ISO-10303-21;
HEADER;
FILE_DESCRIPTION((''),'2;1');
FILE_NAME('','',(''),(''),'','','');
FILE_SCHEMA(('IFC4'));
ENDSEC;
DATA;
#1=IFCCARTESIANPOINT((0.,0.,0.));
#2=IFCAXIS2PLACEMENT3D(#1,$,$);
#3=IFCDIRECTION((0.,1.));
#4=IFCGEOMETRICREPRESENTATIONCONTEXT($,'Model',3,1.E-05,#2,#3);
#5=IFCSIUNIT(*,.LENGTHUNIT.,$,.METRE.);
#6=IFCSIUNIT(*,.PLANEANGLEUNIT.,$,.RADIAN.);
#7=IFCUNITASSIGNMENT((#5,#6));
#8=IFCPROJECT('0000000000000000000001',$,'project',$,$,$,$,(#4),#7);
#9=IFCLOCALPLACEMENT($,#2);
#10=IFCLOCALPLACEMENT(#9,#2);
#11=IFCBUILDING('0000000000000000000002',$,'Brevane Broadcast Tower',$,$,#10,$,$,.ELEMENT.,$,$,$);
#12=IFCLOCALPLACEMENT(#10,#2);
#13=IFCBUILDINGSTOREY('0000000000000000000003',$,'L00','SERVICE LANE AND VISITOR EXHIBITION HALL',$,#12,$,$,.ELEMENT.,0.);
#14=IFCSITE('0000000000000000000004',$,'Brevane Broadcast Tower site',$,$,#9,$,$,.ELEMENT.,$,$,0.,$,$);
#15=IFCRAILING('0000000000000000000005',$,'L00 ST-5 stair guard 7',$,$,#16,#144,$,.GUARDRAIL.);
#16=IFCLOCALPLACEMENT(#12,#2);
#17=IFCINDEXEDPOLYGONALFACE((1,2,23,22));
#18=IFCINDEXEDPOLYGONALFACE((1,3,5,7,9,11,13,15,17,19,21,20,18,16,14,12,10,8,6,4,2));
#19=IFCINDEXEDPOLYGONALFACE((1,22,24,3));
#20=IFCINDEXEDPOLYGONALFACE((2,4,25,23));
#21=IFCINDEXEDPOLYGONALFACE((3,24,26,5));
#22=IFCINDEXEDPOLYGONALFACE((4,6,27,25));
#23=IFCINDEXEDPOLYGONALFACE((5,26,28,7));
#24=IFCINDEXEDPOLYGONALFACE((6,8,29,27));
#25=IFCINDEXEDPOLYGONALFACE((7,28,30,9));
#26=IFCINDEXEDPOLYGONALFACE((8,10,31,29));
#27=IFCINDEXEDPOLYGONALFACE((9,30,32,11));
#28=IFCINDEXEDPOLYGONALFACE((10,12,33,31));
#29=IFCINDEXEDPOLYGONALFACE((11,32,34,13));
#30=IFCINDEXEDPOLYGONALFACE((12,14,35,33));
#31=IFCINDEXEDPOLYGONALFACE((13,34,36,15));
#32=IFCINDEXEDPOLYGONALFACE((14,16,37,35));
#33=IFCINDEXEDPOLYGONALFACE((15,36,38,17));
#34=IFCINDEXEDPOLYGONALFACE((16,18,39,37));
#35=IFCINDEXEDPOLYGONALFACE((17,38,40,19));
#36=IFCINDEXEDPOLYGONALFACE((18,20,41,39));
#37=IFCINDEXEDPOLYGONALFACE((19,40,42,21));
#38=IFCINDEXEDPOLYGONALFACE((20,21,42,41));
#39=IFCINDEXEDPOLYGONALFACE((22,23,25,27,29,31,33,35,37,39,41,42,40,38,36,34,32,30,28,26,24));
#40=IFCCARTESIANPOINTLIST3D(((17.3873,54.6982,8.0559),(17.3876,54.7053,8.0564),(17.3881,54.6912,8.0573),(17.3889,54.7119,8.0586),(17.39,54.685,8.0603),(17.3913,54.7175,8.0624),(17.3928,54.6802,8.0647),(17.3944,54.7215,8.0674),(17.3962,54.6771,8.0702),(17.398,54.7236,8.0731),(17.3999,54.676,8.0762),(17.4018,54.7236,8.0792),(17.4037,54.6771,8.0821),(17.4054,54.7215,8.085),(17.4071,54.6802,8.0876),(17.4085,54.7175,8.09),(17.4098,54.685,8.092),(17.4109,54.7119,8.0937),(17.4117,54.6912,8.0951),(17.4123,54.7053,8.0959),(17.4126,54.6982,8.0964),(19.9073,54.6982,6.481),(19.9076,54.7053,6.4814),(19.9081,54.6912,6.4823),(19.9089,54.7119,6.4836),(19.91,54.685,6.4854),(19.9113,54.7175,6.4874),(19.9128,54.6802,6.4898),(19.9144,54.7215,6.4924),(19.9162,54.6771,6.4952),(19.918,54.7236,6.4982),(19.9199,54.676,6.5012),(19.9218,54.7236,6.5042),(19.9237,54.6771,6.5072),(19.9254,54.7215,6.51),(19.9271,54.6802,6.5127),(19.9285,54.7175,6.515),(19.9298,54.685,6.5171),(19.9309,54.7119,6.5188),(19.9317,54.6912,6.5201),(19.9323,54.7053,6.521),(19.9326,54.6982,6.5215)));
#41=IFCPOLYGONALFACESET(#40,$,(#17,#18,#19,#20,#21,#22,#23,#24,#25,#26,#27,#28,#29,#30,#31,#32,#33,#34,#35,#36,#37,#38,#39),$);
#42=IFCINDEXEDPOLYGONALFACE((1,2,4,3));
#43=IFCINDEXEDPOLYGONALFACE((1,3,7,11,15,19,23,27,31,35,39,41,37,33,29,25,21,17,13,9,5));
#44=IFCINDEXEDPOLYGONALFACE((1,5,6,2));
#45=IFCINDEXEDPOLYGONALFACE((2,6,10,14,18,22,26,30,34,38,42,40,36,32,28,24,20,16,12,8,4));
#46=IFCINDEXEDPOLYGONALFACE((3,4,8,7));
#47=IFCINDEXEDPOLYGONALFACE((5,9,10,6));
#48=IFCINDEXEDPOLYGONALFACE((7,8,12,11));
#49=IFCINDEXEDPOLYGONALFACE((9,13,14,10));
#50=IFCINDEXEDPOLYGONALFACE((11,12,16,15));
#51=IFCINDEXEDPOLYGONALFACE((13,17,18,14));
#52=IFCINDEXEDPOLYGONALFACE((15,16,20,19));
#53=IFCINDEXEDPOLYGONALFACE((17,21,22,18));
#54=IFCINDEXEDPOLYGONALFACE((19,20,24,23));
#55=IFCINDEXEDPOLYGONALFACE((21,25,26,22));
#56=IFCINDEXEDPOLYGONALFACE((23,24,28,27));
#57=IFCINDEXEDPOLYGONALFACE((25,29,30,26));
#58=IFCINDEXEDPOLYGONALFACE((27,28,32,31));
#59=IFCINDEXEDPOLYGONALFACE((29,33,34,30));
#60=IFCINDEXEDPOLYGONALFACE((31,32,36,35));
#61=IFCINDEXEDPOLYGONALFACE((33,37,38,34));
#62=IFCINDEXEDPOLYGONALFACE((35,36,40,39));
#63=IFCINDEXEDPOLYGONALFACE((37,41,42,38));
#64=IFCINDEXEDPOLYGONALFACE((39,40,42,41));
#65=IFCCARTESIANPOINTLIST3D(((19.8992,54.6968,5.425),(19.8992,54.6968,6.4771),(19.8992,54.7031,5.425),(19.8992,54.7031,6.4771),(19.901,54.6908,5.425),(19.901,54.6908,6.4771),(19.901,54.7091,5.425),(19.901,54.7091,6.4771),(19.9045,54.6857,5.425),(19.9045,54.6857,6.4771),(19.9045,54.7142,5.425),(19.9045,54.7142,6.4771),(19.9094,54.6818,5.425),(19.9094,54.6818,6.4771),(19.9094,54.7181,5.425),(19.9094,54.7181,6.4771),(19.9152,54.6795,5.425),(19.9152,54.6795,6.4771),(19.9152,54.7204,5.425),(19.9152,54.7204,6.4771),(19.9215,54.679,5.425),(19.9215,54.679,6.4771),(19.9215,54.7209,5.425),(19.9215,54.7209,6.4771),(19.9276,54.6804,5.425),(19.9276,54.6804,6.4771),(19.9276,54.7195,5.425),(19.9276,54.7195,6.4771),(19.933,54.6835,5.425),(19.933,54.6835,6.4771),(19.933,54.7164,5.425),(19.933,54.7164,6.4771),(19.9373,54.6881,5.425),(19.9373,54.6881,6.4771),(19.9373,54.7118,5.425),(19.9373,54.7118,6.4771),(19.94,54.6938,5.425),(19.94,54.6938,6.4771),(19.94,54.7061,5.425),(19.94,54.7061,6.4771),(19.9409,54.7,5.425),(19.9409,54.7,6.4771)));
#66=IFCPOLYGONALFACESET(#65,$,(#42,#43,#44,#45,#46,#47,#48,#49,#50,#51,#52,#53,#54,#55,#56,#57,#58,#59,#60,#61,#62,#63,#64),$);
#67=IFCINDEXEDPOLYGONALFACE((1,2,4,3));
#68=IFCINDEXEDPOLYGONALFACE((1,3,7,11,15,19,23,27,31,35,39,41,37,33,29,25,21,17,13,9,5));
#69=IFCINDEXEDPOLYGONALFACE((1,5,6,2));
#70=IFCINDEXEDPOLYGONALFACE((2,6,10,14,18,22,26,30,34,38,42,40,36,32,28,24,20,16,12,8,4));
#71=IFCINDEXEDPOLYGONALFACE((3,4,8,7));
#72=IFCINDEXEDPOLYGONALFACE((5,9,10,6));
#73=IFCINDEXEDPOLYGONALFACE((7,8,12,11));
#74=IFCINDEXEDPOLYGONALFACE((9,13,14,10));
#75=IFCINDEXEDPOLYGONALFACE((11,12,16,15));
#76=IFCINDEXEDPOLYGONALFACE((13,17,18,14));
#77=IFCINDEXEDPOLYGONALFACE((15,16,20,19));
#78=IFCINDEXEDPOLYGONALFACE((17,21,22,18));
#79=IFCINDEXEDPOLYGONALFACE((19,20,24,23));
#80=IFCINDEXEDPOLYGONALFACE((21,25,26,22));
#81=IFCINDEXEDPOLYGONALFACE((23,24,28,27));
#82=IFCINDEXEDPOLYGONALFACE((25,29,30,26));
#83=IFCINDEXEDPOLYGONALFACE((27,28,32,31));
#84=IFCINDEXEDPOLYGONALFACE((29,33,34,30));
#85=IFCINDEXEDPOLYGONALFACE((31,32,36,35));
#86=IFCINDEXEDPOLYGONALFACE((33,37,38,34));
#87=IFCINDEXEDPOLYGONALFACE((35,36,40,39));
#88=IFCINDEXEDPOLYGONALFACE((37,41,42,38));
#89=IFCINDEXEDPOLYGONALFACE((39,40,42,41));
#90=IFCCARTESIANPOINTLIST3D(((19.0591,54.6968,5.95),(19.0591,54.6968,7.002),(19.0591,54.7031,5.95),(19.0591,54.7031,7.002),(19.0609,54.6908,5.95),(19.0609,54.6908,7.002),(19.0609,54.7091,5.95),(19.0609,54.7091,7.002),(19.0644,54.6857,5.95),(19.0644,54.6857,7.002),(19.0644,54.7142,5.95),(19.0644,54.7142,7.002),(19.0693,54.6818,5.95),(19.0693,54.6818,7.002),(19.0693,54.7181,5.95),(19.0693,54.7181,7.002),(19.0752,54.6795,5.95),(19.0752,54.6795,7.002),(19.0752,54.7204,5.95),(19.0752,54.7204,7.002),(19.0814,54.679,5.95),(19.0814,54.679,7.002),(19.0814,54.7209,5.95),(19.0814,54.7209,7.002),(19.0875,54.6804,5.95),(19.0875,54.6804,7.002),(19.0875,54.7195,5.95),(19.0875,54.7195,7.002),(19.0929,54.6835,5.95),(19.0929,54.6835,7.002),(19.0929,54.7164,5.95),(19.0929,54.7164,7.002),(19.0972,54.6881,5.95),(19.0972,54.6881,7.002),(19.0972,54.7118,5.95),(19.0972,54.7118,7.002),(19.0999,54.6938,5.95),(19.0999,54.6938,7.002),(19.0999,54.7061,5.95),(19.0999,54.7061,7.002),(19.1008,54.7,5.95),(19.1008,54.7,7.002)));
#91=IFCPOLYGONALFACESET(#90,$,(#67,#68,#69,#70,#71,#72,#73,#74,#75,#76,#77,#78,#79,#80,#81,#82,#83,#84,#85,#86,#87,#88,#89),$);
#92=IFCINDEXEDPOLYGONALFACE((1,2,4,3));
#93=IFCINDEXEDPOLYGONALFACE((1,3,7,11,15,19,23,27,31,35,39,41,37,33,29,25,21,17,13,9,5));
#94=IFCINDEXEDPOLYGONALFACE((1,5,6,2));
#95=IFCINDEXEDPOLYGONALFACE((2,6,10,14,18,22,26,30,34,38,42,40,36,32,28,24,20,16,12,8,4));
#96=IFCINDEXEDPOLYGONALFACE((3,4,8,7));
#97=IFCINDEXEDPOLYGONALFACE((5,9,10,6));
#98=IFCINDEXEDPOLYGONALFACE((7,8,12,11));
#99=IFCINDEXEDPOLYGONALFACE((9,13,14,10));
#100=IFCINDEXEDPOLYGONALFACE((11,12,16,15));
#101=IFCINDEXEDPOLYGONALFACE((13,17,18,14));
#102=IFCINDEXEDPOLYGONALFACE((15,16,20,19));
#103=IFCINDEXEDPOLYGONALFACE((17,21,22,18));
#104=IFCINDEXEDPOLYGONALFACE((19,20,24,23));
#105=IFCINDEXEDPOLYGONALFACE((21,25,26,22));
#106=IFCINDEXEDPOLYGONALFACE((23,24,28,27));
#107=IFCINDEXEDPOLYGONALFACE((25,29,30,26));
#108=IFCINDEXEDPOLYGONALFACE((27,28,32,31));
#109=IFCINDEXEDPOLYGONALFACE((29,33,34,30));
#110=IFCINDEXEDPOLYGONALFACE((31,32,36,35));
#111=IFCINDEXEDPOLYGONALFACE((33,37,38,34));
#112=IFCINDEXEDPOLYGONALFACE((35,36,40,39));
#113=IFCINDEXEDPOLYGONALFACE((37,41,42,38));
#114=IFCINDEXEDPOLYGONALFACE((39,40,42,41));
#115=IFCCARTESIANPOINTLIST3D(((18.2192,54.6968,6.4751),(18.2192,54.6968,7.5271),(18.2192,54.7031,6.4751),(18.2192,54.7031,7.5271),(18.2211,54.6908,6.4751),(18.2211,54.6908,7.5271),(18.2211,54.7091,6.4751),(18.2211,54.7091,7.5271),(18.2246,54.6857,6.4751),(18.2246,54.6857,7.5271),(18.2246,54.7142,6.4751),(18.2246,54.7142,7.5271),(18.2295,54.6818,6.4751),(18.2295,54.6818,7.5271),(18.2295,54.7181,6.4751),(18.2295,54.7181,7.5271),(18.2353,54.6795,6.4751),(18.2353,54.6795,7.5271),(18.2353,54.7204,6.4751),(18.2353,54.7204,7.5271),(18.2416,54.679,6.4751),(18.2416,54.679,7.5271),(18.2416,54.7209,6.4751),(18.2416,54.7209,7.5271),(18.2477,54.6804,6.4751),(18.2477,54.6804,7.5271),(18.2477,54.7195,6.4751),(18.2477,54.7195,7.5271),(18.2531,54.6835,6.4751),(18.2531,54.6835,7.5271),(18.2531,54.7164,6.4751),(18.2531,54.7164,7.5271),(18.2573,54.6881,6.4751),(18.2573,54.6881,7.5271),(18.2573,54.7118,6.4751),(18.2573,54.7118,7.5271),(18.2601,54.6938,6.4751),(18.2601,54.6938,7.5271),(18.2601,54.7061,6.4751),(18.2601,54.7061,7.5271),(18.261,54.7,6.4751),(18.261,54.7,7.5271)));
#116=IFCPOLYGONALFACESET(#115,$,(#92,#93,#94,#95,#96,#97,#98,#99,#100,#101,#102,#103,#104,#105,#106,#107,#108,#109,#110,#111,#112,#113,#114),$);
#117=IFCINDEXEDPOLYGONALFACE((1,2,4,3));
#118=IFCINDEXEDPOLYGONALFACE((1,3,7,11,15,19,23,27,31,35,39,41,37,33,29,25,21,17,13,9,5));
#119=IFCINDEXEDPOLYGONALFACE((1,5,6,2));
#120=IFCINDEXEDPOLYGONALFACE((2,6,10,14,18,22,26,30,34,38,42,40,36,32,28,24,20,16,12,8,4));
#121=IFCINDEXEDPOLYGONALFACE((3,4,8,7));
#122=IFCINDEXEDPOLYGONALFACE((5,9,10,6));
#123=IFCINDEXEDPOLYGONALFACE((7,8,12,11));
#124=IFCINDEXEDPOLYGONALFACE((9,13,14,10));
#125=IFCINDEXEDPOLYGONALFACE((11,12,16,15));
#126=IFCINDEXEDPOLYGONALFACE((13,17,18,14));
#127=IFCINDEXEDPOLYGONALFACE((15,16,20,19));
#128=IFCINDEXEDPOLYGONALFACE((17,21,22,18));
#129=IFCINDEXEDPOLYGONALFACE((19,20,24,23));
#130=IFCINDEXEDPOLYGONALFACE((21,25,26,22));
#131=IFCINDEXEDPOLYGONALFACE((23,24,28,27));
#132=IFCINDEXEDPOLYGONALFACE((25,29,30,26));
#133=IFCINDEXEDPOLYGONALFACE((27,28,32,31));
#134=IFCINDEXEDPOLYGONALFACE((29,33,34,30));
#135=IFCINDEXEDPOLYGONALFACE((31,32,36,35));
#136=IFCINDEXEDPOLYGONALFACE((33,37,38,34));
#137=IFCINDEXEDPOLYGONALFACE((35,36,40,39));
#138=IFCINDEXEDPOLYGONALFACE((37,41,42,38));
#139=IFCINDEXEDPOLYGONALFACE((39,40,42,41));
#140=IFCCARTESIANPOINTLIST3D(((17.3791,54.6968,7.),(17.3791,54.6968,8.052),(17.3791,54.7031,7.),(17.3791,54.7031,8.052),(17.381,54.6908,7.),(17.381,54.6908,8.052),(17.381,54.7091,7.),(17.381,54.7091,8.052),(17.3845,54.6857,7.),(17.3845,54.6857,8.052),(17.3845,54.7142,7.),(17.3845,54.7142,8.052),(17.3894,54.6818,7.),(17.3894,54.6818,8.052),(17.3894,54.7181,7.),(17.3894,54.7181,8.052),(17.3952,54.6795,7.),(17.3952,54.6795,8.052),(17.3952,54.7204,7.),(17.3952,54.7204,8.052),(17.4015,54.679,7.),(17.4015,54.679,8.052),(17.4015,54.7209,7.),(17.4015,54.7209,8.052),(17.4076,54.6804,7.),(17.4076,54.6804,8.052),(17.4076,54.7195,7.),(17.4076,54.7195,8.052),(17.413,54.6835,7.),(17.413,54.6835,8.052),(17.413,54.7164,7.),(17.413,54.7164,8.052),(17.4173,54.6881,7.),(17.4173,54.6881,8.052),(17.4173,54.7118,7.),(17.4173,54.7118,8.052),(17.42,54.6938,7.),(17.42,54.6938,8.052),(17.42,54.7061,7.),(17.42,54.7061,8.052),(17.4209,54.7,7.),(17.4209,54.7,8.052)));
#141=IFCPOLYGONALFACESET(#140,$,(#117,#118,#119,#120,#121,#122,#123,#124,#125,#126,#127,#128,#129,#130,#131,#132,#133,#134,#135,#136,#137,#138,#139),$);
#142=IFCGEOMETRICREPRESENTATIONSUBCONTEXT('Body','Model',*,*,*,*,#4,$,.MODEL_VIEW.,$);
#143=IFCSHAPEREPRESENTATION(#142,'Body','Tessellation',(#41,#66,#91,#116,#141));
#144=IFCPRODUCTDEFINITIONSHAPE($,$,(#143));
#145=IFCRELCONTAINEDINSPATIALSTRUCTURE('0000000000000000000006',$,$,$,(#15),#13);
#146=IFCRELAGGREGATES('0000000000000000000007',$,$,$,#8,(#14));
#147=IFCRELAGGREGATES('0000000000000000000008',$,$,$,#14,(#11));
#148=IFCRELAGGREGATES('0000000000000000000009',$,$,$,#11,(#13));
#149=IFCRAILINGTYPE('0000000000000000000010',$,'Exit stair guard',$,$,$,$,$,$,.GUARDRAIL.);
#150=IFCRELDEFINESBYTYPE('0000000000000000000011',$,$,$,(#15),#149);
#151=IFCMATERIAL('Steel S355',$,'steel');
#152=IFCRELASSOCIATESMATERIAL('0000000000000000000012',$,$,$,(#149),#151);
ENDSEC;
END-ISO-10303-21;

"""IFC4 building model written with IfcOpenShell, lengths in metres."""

from ifc_helpers import new_model, si_unit, direction, frame, origin, origin_2d, place, context, subcontext, project, spatial, circle, extrude, material, type_object, element, save


model = new_model("IFC4")

# Units and contexts
model_context = context("Model", 3, precision=1e-05, world=origin(), true_north=direction((0.0, 1.0)))
body_context = subcontext(model_context, "Body", "Model", "MODEL_VIEW")
ifc_project = project(units=[si_unit("LENGTHUNIT", "METRE"), si_unit("PLANEANGLEUNIT", "RADIAN")], contexts=[model_context])

# Site, building, storey
site_placement = place(None, origin())
site = spatial("IfcSite", under=ifc_project, at=site_placement, Name="Brevane Broadcast Tower site", CompositionType="ELEMENT", RefElevation=0.0)
building_placement = place(site_placement, origin())
building = spatial("IfcBuilding", under=site, at=building_placement, Name="Brevane Broadcast Tower", CompositionType="ELEMENT")
storey_placement = place(building_placement, origin())
storey = spatial("IfcBuildingStorey", under=building, at=storey_placement, Name="L00", Description="SERVICE LANE AND VISITOR EXHIBITION HALL", CompositionType="ELEMENT", Elevation=0.0)

# Railing
ifc_material_1 = material(Name="Steel S355", Category="steel")
railing_type_1 = type_object("IfcRailingType", Name="Exit stair guard", PredefinedType="GUARDRAIL", material=ifc_material_1)
railing_1_placement = place(storey_placement, frame((19.9199, 54.7, 5.425)))
element("IfcRailing", 1, at=railing_1_placement, inside=storey, type_object=railing_type_1, Name="L00 ST-5 stair guard 7", PredefinedType="GUARDRAIL", context=body_context, shape_type="SweptSolid", body=[
    extrude(circle(Radius=0.0239, at=origin_2d()), frame((0.0, 0.0, 1.0762), z_axis=(-0.848008, 0.0, 0.529984), x_axis=(0.0, -1.0, 0.0)), (0.0, 0.0, 1.0), 2.9717),
    extrude(circle(Radius=0.021, at=origin_2d()), origin(), (0.0, 0.0, 1.0), 1.052),
    extrude(circle(Radius=0.021, at=origin_2d()), frame((-0.8401, 0.0, 0.5249)), (0.0, 0.0, 1.0), 1.052),
    extrude(circle(Radius=0.021, at=origin_2d()), frame((-1.6799, 0.0, 1.05)), (0.0, 0.0, 1.0), 1.052),
    extrude(circle(Radius=0.021, at=origin_2d()), frame((-2.52, 0.0, 1.575)), (0.0, 0.0, 1.0), 1.052),
])

save(model, "model.ifc")
